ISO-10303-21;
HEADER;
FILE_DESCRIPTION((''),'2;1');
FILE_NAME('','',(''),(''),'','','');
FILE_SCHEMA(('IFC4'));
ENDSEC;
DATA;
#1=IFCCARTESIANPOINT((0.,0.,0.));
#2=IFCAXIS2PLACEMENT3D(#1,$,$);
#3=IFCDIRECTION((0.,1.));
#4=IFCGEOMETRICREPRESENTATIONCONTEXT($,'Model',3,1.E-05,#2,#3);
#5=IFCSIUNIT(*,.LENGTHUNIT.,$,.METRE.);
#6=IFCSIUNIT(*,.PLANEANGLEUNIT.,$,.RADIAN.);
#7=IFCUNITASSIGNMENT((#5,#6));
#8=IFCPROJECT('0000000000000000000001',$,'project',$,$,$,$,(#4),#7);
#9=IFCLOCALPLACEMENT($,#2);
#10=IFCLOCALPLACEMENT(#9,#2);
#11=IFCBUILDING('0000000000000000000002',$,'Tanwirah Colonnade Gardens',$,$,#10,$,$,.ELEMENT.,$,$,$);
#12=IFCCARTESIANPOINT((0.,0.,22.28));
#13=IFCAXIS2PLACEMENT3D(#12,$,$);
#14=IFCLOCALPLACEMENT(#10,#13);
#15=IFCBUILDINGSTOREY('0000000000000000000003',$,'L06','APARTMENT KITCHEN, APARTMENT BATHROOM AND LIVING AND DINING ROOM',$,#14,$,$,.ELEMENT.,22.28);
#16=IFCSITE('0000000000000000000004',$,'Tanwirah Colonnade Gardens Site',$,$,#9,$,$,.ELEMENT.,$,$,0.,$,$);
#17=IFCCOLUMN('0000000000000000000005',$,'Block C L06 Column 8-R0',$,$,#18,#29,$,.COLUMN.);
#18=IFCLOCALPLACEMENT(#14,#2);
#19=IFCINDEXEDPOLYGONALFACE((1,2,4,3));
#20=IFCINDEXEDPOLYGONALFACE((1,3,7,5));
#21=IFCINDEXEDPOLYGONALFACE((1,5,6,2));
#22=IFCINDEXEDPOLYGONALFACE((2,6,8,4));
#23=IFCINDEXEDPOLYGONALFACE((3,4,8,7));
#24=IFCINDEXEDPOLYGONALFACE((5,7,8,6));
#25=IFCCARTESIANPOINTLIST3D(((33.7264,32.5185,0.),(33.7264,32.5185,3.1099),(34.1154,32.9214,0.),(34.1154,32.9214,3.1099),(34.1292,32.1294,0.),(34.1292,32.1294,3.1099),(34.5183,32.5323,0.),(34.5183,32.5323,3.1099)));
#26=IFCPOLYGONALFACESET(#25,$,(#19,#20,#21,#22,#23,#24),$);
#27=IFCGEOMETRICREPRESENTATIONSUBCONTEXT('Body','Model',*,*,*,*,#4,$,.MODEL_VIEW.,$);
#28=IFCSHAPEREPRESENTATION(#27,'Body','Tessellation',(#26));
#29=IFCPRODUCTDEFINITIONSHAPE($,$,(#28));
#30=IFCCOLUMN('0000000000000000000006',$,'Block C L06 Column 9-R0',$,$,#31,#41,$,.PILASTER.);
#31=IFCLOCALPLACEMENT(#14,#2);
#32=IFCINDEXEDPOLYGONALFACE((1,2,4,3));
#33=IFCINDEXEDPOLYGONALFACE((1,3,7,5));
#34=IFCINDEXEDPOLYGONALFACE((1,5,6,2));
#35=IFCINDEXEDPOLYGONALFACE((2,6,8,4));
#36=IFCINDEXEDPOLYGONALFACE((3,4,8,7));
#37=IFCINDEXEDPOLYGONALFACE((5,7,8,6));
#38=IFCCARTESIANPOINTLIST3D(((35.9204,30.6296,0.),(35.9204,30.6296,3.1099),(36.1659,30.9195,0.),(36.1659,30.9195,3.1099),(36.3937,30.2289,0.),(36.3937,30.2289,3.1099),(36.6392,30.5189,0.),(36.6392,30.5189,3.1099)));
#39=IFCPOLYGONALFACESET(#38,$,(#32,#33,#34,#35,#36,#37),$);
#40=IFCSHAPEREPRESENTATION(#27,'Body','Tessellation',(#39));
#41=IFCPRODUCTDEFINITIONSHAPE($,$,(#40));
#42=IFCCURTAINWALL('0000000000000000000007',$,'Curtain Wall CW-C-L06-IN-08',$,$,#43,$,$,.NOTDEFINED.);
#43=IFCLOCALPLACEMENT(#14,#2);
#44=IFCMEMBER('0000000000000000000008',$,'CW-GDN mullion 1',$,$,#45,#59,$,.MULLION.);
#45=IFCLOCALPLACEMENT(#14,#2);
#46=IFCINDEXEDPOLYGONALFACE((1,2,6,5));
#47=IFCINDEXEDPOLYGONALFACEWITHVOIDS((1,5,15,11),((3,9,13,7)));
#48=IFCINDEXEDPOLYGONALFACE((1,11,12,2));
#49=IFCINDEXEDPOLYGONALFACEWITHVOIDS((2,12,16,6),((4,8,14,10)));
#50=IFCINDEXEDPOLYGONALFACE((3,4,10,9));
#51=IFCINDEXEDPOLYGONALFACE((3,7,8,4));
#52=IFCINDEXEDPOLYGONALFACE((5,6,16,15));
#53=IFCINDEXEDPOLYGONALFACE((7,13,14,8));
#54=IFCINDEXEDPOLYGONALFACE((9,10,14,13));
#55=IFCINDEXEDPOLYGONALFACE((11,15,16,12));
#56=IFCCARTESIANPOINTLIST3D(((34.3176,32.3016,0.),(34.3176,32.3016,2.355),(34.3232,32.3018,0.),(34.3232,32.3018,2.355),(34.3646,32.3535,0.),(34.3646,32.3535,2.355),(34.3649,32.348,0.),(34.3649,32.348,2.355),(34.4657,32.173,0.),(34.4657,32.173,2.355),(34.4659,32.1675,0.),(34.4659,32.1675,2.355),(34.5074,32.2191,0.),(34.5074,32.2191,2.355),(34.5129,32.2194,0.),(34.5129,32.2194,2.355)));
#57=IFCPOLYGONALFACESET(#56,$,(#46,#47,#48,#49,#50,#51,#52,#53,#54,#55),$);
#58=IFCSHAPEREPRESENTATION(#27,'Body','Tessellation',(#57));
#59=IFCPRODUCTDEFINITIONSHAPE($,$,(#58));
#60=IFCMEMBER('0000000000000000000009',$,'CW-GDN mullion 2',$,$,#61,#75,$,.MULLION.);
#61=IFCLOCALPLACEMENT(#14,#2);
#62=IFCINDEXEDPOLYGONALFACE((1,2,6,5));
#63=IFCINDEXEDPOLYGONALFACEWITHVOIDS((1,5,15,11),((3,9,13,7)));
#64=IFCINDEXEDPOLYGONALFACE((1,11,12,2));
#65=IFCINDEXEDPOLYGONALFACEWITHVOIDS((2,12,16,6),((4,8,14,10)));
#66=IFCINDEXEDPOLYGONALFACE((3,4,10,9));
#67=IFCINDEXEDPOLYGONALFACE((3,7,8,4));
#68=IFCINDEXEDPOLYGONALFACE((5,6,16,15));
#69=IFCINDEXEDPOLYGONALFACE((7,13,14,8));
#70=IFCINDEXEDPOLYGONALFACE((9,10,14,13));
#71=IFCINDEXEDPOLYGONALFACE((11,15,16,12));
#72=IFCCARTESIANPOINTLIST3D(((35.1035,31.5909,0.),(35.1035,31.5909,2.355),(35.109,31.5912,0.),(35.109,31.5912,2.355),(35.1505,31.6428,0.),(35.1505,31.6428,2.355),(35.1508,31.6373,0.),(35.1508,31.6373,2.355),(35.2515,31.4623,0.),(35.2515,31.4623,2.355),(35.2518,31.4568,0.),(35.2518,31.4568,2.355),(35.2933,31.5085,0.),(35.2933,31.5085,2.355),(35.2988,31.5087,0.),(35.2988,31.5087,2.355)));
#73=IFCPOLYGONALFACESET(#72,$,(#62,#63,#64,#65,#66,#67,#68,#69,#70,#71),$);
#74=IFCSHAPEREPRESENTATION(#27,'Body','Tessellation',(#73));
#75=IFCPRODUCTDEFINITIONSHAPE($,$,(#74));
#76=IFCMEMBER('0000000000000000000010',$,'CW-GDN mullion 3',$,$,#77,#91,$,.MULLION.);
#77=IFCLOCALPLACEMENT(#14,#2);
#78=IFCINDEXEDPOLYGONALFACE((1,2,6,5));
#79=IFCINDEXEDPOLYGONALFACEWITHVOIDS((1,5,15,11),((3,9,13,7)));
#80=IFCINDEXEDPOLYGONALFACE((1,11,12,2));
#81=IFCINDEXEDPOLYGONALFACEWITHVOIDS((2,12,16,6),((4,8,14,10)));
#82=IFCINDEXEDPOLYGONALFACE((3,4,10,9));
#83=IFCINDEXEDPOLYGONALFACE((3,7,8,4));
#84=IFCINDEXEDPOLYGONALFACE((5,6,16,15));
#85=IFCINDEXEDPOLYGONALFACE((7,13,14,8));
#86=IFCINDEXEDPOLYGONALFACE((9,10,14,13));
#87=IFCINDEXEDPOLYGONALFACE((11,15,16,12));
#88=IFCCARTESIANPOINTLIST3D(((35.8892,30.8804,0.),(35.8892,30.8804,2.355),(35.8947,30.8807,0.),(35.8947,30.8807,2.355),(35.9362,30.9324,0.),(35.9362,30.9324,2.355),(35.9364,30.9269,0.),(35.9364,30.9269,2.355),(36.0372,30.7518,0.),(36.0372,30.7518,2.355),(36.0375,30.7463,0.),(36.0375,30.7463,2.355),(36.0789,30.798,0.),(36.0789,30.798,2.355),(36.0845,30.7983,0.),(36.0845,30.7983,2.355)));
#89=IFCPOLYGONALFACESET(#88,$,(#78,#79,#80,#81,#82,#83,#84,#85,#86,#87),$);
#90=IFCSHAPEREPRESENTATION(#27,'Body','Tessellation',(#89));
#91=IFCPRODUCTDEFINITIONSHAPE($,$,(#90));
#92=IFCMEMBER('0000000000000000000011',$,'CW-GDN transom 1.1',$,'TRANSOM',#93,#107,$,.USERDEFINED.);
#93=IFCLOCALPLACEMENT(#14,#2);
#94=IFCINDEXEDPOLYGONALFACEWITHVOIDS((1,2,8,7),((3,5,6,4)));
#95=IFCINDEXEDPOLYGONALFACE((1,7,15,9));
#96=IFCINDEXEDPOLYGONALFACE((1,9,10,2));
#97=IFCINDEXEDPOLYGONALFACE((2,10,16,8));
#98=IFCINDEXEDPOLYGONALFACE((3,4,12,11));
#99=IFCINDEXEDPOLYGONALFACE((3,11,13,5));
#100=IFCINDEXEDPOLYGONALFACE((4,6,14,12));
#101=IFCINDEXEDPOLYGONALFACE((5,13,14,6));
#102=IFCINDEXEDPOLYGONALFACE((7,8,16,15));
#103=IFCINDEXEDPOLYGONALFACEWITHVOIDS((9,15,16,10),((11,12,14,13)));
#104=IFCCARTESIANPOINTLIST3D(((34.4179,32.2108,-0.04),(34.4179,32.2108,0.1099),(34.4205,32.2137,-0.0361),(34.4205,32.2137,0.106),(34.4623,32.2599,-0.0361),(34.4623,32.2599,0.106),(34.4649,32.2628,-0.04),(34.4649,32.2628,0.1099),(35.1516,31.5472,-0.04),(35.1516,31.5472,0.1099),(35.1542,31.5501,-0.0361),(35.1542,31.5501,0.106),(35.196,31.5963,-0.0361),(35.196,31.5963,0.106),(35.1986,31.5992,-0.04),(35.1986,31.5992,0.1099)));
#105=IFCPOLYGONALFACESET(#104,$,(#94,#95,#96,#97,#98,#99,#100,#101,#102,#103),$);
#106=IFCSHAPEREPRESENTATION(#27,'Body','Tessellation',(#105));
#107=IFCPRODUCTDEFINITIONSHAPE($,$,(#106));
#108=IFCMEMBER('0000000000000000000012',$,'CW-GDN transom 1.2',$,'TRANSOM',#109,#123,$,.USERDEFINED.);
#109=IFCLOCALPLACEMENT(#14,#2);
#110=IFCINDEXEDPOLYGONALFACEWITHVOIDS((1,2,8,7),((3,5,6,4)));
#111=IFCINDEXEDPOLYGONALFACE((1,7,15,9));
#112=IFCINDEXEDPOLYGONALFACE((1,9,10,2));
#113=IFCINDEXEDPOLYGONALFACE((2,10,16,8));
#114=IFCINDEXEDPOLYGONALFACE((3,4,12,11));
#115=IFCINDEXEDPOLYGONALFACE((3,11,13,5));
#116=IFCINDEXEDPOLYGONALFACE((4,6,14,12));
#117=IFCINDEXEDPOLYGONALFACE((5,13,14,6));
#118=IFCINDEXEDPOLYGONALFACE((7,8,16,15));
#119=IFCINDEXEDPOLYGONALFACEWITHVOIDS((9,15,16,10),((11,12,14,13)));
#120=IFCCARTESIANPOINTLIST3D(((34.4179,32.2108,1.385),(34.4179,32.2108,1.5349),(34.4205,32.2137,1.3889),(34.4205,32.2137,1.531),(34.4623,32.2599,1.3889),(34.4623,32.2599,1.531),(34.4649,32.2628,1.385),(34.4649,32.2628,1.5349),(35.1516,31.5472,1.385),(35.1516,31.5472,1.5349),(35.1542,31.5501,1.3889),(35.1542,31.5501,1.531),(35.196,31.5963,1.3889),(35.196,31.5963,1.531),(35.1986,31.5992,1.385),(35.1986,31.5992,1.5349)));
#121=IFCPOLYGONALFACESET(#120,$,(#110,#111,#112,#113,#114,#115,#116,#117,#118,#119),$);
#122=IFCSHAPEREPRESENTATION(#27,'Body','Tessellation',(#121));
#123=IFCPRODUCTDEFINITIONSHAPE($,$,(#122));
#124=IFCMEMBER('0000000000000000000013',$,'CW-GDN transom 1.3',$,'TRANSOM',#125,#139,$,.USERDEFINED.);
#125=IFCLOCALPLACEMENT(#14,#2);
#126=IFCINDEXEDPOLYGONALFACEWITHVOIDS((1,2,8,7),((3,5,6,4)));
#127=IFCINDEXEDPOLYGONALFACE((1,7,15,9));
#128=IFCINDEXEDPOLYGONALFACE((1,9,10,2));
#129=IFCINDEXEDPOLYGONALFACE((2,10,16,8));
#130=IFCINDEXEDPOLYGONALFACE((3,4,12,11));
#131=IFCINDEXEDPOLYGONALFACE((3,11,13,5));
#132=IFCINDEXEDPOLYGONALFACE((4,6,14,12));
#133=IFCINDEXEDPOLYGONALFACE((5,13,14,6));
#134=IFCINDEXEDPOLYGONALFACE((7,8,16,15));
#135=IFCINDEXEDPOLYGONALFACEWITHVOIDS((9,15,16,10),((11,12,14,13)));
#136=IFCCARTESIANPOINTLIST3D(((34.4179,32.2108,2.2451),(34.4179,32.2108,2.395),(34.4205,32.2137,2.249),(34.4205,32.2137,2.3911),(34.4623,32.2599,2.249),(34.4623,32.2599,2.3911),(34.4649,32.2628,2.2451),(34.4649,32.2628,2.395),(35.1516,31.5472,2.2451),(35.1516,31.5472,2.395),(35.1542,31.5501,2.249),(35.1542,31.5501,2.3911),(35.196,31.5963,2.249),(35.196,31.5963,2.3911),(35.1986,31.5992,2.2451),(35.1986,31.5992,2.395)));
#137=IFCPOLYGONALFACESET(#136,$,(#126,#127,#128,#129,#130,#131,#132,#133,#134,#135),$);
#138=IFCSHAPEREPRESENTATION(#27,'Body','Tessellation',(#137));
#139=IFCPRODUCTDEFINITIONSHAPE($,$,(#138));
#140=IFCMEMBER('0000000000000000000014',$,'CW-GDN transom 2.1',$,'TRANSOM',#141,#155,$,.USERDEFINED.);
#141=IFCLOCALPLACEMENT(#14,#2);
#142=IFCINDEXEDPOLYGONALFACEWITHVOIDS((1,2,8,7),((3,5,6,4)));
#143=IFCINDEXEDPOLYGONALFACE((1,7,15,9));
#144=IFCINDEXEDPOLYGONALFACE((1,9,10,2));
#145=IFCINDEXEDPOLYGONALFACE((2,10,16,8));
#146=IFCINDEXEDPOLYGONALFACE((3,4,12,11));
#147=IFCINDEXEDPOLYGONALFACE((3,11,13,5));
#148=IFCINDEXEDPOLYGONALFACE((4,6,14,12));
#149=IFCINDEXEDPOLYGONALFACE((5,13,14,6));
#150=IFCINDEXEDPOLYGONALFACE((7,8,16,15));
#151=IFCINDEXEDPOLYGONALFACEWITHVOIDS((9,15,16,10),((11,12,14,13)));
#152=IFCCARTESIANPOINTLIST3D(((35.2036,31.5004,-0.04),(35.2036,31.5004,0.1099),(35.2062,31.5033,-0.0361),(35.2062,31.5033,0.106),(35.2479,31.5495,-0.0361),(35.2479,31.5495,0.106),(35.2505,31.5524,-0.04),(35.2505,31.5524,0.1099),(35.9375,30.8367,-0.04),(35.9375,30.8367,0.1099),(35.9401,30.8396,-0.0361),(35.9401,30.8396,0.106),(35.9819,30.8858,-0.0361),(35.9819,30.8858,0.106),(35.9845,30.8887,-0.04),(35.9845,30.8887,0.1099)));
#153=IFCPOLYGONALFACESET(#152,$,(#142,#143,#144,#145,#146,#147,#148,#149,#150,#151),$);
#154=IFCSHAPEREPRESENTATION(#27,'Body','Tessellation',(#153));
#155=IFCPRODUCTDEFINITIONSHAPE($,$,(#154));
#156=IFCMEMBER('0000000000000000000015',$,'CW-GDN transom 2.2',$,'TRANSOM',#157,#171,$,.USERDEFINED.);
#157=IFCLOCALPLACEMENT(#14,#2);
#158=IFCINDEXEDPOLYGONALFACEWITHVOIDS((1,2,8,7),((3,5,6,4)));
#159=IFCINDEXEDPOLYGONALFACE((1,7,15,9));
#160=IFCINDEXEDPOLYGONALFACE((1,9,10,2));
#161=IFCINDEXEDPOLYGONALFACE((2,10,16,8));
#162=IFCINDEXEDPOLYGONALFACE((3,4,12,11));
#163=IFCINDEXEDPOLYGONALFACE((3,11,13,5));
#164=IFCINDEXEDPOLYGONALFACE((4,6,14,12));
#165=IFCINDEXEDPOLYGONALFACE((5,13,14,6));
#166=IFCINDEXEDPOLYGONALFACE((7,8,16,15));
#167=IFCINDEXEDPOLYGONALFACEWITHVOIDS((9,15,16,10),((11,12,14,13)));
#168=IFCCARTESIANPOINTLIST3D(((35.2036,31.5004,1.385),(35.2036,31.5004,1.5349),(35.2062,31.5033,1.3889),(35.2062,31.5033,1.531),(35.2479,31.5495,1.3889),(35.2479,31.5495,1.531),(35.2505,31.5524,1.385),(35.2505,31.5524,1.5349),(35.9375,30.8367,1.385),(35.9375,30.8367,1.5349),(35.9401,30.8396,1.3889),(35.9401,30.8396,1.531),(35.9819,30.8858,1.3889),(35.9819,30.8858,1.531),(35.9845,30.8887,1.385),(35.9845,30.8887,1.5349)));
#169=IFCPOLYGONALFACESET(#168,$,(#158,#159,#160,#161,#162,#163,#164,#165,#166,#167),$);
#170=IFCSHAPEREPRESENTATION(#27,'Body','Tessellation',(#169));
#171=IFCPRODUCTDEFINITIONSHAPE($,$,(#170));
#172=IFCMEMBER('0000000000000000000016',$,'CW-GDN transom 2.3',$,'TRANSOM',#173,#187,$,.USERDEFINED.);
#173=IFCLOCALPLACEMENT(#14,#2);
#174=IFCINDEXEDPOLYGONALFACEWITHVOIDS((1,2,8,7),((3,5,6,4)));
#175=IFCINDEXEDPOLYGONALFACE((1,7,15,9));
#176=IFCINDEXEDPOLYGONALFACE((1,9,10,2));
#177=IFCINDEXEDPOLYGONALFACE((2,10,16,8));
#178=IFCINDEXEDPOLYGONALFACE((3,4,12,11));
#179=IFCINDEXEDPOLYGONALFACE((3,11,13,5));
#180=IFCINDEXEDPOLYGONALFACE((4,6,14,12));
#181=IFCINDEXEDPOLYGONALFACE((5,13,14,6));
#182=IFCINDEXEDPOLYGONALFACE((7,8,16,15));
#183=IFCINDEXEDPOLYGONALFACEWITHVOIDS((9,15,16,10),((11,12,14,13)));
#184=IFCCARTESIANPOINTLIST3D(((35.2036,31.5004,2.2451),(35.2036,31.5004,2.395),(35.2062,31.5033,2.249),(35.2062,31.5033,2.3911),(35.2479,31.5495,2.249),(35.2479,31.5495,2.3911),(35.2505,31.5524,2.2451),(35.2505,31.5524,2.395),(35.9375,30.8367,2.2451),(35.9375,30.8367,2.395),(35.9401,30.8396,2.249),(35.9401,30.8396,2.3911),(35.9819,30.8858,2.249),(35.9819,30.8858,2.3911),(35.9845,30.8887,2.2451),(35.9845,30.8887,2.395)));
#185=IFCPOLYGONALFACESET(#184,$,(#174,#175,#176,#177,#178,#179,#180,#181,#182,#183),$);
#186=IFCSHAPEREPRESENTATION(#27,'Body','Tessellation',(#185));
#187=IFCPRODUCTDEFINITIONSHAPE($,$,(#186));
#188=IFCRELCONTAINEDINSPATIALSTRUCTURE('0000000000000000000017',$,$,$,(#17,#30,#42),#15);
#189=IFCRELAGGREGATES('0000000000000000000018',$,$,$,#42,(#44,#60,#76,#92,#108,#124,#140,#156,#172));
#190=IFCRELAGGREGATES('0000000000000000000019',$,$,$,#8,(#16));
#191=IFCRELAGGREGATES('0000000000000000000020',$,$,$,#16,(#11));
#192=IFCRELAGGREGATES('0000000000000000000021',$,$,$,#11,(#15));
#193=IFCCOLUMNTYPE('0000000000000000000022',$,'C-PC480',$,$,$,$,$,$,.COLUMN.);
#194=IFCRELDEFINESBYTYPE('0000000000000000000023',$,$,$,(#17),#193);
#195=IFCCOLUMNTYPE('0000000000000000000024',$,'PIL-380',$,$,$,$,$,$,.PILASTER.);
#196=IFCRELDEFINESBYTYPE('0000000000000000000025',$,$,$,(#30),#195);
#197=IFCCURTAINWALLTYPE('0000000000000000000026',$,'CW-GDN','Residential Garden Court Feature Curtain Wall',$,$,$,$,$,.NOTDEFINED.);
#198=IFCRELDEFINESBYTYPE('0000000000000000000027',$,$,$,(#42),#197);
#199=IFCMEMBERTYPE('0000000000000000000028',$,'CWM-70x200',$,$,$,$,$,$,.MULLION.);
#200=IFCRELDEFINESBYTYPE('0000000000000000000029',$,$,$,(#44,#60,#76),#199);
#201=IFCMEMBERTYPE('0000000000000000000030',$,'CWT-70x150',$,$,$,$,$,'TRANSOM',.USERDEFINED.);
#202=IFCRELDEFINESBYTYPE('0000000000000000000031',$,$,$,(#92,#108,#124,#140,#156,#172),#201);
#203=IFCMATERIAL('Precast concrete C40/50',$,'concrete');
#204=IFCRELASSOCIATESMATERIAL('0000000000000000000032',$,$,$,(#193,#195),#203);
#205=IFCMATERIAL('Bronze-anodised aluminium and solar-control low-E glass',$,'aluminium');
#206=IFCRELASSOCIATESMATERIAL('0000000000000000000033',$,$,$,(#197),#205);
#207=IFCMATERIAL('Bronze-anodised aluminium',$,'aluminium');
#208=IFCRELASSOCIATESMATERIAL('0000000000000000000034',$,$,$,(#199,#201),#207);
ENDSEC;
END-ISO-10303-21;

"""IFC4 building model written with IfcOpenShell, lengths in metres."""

from ifc_helpers import new_model, si_unit, direction, frame, origin, origin_2d, place, context, subcontext, project, spatial, rectangle, hollow_rectangle, extrude, material, material_profile, profile_set, type_object, element, aggregate, save


model = new_model("IFC4")

# Units and contexts
model_context = context("Model", 3, precision=1e-05, world=origin(), true_north=direction((0.0, 1.0)))
body_context = subcontext(model_context, "Body", "Model", "MODEL_VIEW")
ifc_project = project(units=[si_unit("LENGTHUNIT", "METRE"), si_unit("PLANEANGLEUNIT", "RADIAN")], contexts=[model_context])

# Site, building, storey
site_placement = place(None, origin())
site = spatial("IfcSite", under=ifc_project, at=site_placement, Name="Tanwirah Colonnade Gardens Site", CompositionType="ELEMENT", RefElevation=0.0)
building_placement = place(site_placement, origin())
building = spatial("IfcBuilding", under=site, at=building_placement, Name="Tanwirah Colonnade Gardens", CompositionType="ELEMENT")
storey_placement = place(building_placement, frame((0.0, 0.0, 22.28)))
storey = spatial("IfcBuildingStorey", under=building, at=storey_placement, Name="L06", Description="APARTMENT KITCHEN, APARTMENT BATHROOM AND LIVING AND DINING ROOM", CompositionType="ELEMENT", Elevation=22.28)

# Columns
ifc_material_1 = material(Name="Precast concrete C40/50", Category="concrete")
ifc_material_profile_1 = material_profile(ifc_material_1, rectangle(XDim=0.5601, YDim=0.5601, at=origin_2d()), Name="PC-COL 560x560")
ifc_profile_set_1 = profile_set([ifc_material_profile_1], Name="Precast concrete C40/50")
column_type_1 = type_object("IfcColumnType", Name="C-PC480", PredefinedType="COLUMN", material=ifc_profile_set_1)
column_1_placement = place(storey_placement, frame((34.1223, 32.5254, 0.0), z_axis=(0.0, 0.0, 1.0), x_axis=(-0.694658, -0.71934, 0.0)))
element("IfcColumn", 1, at=column_1_placement, inside=storey, type_object=column_type_1, Name="Block C L06 Column 8-R0", PredefinedType="COLUMN", context=body_context, shape_type="SweptSolid", body=[
    extrude(rectangle(XDim=0.5601, YDim=0.5601, at=origin_2d()), origin(), (0.0, 0.0, 1.0), 3.1099),
])
ifc_material_profile_2 = material_profile(ifc_material_1, rectangle(XDim=0.3799, YDim=0.6201, at=origin_2d()), Name="PC-PIL 380x620")
ifc_profile_set_2 = profile_set([ifc_material_profile_2], Name="Precast concrete C40/50")
column_type_2 = type_object("IfcColumnType", Name="PIL-380", PredefinedType="PILASTER", material=ifc_profile_set_2)
column_2_placement = place(storey_placement, frame((36.2798, 30.5742, 0.0), z_axis=(0.0, 0.0, 1.0), x_axis=(-0.646124, -0.763232, 0.0)))
element("IfcColumn", 2, at=column_2_placement, inside=storey, type_object=column_type_2, Name="Block C L06 Column 9-R0", PredefinedType="PILASTER", context=body_context, shape_type="SweptSolid", body=[
    extrude(rectangle(XDim=0.3799, YDim=0.6201, at=origin_2d()), origin(), (0.0, 0.0, 1.0), 3.1099),
])

# Curtain wall, members
ifc_material_2 = material(Name="Bronze-anodised aluminium and solar-control low-E glass", Category="aluminium")
curtain_wall_type = type_object("IfcCurtainWallType", Name="CW-GDN", Description="Residential Garden Court Feature Curtain Wall", PredefinedType="NOTDEFINED", material=ifc_material_2)
curtain_wall_placement = place(storey_placement, origin())
curtain_wall = element("IfcCurtainWall", 3, at=curtain_wall_placement, inside=storey, type_object=curtain_wall_type, Name="Curtain Wall CW-C-L06-IN-08", PredefinedType="NOTDEFINED")
ifc_material_3 = material(Name="Bronze-anodised aluminium", Category="aluminium")
ifc_material_profile_3 = material_profile(ifc_material_3, hollow_rectangle(XDim=0.0701, YDim=0.2, WallThickness=0.0039, at=origin_2d()), Name="CW-MUL 70x200x4")
ifc_profile_set_3 = profile_set([ifc_material_profile_3], Name="Bronze-anodised aluminium")
member_type_1 = type_object("IfcMemberType", Name="CWM-70x200", PredefinedType="MULLION", material=ifc_profile_set_3)
member_1_placement = place(storey_placement, frame((34.4153, 32.2605, 0.0), z_axis=(0.0, 0.0, 1.0), x_axis=(0.670751, 0.741683, 0.0)))
member_1 = element("IfcMember", 4, at=member_1_placement, type_object=member_type_1, Name="CW-GDN mullion 1", PredefinedType="MULLION", context=body_context, shape_type="SweptSolid", body=[
    extrude(hollow_rectangle(XDim=0.0701, YDim=0.2, WallThickness=0.0039, at=origin_2d()), origin(), (0.0, 0.0, 1.0), 2.355),
])
member_2_placement = place(storey_placement, frame((35.2012, 31.5498, 0.0), z_axis=(0.0, 0.0, 1.0), x_axis=(0.670751, 0.741683, 0.0)))
member_2 = element("IfcMember", 5, at=member_2_placement, type_object=member_type_1, Name="CW-GDN mullion 2", PredefinedType="MULLION", context=body_context, shape_type="SweptSolid", body=[
    extrude(hollow_rectangle(XDim=0.0701, YDim=0.2, WallThickness=0.0039, at=origin_2d()), origin(), (0.0, 0.0, 1.0), 2.355),
])
member_3_placement = place(storey_placement, frame((35.9868, 30.8394, 0.0), z_axis=(0.0, 0.0, 1.0), x_axis=(0.670751, 0.741683, 0.0)))
member_3 = element("IfcMember", 6, at=member_3_placement, type_object=member_type_1, Name="CW-GDN mullion 3", PredefinedType="MULLION", context=body_context, shape_type="SweptSolid", body=[
    extrude(hollow_rectangle(XDim=0.0701, YDim=0.2, WallThickness=0.0039, at=origin_2d()), origin(), (0.0, 0.0, 1.0), 2.355),
])
ifc_material_profile_4 = material_profile(ifc_material_3, hollow_rectangle(XDim=0.0701, YDim=0.1499, WallThickness=0.0039, at=origin_2d()), Name="CW-TRN 70x150x4")
ifc_profile_set_4 = profile_set([ifc_material_profile_4], Name="Bronze-anodised aluminium")
member_type_2 = type_object("IfcMemberType", Name="CWT-70x150", ElementType="TRANSOM", PredefinedType="USERDEFINED", material=ifc_profile_set_4)
member_4_placement = place(storey_placement, frame((34.4414, 32.2368, 0.0349), z_axis=(0.741635, -0.670803, 0.0), x_axis=(0.670803, 0.741635, 0.0)))
member_4 = element("IfcMember", 7, at=member_4_placement, type_object=member_type_2, Name="CW-GDN transom 1.1", ObjectType="TRANSOM", PredefinedType="USERDEFINED", context=body_context, shape_type="SweptSolid", body=[
    extrude(hollow_rectangle(XDim=0.0701, YDim=0.1499, WallThickness=0.0039, at=origin_2d()), origin(), (0.0, 0.0, 1.0), 0.9893),
])
member_5_placement = place(storey_placement, frame((34.4414, 32.2368, 1.46), z_axis=(0.741635, -0.670803, 0.0), x_axis=(0.670803, 0.741635, 0.0)))
member_5 = element("IfcMember", 8, at=member_5_placement, type_object=member_type_2, Name="CW-GDN transom 1.2", ObjectType="TRANSOM", PredefinedType="USERDEFINED", context=body_context, shape_type="SweptSolid", body=[
    extrude(hollow_rectangle(XDim=0.0701, YDim=0.1499, WallThickness=0.0039, at=origin_2d()), origin(), (0.0, 0.0, 1.0), 0.9893),
])
member_6_placement = place(storey_placement, frame((34.4414, 32.2368, 2.3201), z_axis=(0.741635, -0.670803, 0.0), x_axis=(0.670803, 0.741635, 0.0)))
member_6 = element("IfcMember", 9, at=member_6_placement, type_object=member_type_2, Name="CW-GDN transom 1.3", ObjectType="TRANSOM", PredefinedType="USERDEFINED", context=body_context, shape_type="SweptSolid", body=[
    extrude(hollow_rectangle(XDim=0.0701, YDim=0.1499, WallThickness=0.0039, at=origin_2d()), origin(), (0.0, 0.0, 1.0), 0.9893),
])
member_7_placement = place(storey_placement, frame((35.2271, 31.5264, 0.0349), z_axis=(0.741746, -0.670681, 0.0), x_axis=(0.670681, 0.741746, 0.0)))
member_7 = element("IfcMember", 10, at=member_7_placement, type_object=member_type_2, Name="CW-GDN transom 2.1", ObjectType="TRANSOM", PredefinedType="USERDEFINED", context=body_context, shape_type="SweptSolid", body=[
    extrude(hollow_rectangle(XDim=0.0701, YDim=0.1499, WallThickness=0.0039, at=origin_2d()), origin(), (0.0, 0.0, 1.0), 0.9895),
])
member_8_placement = place(storey_placement, frame((35.2271, 31.5264, 1.46), z_axis=(0.741746, -0.670681, 0.0), x_axis=(0.670681, 0.741746, 0.0)))
member_8 = element("IfcMember", 11, at=member_8_placement, type_object=member_type_2, Name="CW-GDN transom 2.2", ObjectType="TRANSOM", PredefinedType="USERDEFINED", context=body_context, shape_type="SweptSolid", body=[
    extrude(hollow_rectangle(XDim=0.0701, YDim=0.1499, WallThickness=0.0039, at=origin_2d()), origin(), (0.0, 0.0, 1.0), 0.9895),
])
member_9_placement = place(storey_placement, frame((35.2271, 31.5264, 2.3201), z_axis=(0.741746, -0.670681, 0.0), x_axis=(0.670681, 0.741746, 0.0)))
member_9 = element("IfcMember", 12, at=member_9_placement, type_object=member_type_2, Name="CW-GDN transom 2.3", ObjectType="TRANSOM", PredefinedType="USERDEFINED", context=body_context, shape_type="SweptSolid", body=[
    extrude(hollow_rectangle(XDim=0.0701, YDim=0.1499, WallThickness=0.0039, at=origin_2d()), origin(), (0.0, 0.0, 1.0), 0.9895),
])

aggregate(curtain_wall, [member_1, member_2, member_3, member_4, member_5, member_6, member_7, member_8, member_9])

save(model, "model.ifc")
